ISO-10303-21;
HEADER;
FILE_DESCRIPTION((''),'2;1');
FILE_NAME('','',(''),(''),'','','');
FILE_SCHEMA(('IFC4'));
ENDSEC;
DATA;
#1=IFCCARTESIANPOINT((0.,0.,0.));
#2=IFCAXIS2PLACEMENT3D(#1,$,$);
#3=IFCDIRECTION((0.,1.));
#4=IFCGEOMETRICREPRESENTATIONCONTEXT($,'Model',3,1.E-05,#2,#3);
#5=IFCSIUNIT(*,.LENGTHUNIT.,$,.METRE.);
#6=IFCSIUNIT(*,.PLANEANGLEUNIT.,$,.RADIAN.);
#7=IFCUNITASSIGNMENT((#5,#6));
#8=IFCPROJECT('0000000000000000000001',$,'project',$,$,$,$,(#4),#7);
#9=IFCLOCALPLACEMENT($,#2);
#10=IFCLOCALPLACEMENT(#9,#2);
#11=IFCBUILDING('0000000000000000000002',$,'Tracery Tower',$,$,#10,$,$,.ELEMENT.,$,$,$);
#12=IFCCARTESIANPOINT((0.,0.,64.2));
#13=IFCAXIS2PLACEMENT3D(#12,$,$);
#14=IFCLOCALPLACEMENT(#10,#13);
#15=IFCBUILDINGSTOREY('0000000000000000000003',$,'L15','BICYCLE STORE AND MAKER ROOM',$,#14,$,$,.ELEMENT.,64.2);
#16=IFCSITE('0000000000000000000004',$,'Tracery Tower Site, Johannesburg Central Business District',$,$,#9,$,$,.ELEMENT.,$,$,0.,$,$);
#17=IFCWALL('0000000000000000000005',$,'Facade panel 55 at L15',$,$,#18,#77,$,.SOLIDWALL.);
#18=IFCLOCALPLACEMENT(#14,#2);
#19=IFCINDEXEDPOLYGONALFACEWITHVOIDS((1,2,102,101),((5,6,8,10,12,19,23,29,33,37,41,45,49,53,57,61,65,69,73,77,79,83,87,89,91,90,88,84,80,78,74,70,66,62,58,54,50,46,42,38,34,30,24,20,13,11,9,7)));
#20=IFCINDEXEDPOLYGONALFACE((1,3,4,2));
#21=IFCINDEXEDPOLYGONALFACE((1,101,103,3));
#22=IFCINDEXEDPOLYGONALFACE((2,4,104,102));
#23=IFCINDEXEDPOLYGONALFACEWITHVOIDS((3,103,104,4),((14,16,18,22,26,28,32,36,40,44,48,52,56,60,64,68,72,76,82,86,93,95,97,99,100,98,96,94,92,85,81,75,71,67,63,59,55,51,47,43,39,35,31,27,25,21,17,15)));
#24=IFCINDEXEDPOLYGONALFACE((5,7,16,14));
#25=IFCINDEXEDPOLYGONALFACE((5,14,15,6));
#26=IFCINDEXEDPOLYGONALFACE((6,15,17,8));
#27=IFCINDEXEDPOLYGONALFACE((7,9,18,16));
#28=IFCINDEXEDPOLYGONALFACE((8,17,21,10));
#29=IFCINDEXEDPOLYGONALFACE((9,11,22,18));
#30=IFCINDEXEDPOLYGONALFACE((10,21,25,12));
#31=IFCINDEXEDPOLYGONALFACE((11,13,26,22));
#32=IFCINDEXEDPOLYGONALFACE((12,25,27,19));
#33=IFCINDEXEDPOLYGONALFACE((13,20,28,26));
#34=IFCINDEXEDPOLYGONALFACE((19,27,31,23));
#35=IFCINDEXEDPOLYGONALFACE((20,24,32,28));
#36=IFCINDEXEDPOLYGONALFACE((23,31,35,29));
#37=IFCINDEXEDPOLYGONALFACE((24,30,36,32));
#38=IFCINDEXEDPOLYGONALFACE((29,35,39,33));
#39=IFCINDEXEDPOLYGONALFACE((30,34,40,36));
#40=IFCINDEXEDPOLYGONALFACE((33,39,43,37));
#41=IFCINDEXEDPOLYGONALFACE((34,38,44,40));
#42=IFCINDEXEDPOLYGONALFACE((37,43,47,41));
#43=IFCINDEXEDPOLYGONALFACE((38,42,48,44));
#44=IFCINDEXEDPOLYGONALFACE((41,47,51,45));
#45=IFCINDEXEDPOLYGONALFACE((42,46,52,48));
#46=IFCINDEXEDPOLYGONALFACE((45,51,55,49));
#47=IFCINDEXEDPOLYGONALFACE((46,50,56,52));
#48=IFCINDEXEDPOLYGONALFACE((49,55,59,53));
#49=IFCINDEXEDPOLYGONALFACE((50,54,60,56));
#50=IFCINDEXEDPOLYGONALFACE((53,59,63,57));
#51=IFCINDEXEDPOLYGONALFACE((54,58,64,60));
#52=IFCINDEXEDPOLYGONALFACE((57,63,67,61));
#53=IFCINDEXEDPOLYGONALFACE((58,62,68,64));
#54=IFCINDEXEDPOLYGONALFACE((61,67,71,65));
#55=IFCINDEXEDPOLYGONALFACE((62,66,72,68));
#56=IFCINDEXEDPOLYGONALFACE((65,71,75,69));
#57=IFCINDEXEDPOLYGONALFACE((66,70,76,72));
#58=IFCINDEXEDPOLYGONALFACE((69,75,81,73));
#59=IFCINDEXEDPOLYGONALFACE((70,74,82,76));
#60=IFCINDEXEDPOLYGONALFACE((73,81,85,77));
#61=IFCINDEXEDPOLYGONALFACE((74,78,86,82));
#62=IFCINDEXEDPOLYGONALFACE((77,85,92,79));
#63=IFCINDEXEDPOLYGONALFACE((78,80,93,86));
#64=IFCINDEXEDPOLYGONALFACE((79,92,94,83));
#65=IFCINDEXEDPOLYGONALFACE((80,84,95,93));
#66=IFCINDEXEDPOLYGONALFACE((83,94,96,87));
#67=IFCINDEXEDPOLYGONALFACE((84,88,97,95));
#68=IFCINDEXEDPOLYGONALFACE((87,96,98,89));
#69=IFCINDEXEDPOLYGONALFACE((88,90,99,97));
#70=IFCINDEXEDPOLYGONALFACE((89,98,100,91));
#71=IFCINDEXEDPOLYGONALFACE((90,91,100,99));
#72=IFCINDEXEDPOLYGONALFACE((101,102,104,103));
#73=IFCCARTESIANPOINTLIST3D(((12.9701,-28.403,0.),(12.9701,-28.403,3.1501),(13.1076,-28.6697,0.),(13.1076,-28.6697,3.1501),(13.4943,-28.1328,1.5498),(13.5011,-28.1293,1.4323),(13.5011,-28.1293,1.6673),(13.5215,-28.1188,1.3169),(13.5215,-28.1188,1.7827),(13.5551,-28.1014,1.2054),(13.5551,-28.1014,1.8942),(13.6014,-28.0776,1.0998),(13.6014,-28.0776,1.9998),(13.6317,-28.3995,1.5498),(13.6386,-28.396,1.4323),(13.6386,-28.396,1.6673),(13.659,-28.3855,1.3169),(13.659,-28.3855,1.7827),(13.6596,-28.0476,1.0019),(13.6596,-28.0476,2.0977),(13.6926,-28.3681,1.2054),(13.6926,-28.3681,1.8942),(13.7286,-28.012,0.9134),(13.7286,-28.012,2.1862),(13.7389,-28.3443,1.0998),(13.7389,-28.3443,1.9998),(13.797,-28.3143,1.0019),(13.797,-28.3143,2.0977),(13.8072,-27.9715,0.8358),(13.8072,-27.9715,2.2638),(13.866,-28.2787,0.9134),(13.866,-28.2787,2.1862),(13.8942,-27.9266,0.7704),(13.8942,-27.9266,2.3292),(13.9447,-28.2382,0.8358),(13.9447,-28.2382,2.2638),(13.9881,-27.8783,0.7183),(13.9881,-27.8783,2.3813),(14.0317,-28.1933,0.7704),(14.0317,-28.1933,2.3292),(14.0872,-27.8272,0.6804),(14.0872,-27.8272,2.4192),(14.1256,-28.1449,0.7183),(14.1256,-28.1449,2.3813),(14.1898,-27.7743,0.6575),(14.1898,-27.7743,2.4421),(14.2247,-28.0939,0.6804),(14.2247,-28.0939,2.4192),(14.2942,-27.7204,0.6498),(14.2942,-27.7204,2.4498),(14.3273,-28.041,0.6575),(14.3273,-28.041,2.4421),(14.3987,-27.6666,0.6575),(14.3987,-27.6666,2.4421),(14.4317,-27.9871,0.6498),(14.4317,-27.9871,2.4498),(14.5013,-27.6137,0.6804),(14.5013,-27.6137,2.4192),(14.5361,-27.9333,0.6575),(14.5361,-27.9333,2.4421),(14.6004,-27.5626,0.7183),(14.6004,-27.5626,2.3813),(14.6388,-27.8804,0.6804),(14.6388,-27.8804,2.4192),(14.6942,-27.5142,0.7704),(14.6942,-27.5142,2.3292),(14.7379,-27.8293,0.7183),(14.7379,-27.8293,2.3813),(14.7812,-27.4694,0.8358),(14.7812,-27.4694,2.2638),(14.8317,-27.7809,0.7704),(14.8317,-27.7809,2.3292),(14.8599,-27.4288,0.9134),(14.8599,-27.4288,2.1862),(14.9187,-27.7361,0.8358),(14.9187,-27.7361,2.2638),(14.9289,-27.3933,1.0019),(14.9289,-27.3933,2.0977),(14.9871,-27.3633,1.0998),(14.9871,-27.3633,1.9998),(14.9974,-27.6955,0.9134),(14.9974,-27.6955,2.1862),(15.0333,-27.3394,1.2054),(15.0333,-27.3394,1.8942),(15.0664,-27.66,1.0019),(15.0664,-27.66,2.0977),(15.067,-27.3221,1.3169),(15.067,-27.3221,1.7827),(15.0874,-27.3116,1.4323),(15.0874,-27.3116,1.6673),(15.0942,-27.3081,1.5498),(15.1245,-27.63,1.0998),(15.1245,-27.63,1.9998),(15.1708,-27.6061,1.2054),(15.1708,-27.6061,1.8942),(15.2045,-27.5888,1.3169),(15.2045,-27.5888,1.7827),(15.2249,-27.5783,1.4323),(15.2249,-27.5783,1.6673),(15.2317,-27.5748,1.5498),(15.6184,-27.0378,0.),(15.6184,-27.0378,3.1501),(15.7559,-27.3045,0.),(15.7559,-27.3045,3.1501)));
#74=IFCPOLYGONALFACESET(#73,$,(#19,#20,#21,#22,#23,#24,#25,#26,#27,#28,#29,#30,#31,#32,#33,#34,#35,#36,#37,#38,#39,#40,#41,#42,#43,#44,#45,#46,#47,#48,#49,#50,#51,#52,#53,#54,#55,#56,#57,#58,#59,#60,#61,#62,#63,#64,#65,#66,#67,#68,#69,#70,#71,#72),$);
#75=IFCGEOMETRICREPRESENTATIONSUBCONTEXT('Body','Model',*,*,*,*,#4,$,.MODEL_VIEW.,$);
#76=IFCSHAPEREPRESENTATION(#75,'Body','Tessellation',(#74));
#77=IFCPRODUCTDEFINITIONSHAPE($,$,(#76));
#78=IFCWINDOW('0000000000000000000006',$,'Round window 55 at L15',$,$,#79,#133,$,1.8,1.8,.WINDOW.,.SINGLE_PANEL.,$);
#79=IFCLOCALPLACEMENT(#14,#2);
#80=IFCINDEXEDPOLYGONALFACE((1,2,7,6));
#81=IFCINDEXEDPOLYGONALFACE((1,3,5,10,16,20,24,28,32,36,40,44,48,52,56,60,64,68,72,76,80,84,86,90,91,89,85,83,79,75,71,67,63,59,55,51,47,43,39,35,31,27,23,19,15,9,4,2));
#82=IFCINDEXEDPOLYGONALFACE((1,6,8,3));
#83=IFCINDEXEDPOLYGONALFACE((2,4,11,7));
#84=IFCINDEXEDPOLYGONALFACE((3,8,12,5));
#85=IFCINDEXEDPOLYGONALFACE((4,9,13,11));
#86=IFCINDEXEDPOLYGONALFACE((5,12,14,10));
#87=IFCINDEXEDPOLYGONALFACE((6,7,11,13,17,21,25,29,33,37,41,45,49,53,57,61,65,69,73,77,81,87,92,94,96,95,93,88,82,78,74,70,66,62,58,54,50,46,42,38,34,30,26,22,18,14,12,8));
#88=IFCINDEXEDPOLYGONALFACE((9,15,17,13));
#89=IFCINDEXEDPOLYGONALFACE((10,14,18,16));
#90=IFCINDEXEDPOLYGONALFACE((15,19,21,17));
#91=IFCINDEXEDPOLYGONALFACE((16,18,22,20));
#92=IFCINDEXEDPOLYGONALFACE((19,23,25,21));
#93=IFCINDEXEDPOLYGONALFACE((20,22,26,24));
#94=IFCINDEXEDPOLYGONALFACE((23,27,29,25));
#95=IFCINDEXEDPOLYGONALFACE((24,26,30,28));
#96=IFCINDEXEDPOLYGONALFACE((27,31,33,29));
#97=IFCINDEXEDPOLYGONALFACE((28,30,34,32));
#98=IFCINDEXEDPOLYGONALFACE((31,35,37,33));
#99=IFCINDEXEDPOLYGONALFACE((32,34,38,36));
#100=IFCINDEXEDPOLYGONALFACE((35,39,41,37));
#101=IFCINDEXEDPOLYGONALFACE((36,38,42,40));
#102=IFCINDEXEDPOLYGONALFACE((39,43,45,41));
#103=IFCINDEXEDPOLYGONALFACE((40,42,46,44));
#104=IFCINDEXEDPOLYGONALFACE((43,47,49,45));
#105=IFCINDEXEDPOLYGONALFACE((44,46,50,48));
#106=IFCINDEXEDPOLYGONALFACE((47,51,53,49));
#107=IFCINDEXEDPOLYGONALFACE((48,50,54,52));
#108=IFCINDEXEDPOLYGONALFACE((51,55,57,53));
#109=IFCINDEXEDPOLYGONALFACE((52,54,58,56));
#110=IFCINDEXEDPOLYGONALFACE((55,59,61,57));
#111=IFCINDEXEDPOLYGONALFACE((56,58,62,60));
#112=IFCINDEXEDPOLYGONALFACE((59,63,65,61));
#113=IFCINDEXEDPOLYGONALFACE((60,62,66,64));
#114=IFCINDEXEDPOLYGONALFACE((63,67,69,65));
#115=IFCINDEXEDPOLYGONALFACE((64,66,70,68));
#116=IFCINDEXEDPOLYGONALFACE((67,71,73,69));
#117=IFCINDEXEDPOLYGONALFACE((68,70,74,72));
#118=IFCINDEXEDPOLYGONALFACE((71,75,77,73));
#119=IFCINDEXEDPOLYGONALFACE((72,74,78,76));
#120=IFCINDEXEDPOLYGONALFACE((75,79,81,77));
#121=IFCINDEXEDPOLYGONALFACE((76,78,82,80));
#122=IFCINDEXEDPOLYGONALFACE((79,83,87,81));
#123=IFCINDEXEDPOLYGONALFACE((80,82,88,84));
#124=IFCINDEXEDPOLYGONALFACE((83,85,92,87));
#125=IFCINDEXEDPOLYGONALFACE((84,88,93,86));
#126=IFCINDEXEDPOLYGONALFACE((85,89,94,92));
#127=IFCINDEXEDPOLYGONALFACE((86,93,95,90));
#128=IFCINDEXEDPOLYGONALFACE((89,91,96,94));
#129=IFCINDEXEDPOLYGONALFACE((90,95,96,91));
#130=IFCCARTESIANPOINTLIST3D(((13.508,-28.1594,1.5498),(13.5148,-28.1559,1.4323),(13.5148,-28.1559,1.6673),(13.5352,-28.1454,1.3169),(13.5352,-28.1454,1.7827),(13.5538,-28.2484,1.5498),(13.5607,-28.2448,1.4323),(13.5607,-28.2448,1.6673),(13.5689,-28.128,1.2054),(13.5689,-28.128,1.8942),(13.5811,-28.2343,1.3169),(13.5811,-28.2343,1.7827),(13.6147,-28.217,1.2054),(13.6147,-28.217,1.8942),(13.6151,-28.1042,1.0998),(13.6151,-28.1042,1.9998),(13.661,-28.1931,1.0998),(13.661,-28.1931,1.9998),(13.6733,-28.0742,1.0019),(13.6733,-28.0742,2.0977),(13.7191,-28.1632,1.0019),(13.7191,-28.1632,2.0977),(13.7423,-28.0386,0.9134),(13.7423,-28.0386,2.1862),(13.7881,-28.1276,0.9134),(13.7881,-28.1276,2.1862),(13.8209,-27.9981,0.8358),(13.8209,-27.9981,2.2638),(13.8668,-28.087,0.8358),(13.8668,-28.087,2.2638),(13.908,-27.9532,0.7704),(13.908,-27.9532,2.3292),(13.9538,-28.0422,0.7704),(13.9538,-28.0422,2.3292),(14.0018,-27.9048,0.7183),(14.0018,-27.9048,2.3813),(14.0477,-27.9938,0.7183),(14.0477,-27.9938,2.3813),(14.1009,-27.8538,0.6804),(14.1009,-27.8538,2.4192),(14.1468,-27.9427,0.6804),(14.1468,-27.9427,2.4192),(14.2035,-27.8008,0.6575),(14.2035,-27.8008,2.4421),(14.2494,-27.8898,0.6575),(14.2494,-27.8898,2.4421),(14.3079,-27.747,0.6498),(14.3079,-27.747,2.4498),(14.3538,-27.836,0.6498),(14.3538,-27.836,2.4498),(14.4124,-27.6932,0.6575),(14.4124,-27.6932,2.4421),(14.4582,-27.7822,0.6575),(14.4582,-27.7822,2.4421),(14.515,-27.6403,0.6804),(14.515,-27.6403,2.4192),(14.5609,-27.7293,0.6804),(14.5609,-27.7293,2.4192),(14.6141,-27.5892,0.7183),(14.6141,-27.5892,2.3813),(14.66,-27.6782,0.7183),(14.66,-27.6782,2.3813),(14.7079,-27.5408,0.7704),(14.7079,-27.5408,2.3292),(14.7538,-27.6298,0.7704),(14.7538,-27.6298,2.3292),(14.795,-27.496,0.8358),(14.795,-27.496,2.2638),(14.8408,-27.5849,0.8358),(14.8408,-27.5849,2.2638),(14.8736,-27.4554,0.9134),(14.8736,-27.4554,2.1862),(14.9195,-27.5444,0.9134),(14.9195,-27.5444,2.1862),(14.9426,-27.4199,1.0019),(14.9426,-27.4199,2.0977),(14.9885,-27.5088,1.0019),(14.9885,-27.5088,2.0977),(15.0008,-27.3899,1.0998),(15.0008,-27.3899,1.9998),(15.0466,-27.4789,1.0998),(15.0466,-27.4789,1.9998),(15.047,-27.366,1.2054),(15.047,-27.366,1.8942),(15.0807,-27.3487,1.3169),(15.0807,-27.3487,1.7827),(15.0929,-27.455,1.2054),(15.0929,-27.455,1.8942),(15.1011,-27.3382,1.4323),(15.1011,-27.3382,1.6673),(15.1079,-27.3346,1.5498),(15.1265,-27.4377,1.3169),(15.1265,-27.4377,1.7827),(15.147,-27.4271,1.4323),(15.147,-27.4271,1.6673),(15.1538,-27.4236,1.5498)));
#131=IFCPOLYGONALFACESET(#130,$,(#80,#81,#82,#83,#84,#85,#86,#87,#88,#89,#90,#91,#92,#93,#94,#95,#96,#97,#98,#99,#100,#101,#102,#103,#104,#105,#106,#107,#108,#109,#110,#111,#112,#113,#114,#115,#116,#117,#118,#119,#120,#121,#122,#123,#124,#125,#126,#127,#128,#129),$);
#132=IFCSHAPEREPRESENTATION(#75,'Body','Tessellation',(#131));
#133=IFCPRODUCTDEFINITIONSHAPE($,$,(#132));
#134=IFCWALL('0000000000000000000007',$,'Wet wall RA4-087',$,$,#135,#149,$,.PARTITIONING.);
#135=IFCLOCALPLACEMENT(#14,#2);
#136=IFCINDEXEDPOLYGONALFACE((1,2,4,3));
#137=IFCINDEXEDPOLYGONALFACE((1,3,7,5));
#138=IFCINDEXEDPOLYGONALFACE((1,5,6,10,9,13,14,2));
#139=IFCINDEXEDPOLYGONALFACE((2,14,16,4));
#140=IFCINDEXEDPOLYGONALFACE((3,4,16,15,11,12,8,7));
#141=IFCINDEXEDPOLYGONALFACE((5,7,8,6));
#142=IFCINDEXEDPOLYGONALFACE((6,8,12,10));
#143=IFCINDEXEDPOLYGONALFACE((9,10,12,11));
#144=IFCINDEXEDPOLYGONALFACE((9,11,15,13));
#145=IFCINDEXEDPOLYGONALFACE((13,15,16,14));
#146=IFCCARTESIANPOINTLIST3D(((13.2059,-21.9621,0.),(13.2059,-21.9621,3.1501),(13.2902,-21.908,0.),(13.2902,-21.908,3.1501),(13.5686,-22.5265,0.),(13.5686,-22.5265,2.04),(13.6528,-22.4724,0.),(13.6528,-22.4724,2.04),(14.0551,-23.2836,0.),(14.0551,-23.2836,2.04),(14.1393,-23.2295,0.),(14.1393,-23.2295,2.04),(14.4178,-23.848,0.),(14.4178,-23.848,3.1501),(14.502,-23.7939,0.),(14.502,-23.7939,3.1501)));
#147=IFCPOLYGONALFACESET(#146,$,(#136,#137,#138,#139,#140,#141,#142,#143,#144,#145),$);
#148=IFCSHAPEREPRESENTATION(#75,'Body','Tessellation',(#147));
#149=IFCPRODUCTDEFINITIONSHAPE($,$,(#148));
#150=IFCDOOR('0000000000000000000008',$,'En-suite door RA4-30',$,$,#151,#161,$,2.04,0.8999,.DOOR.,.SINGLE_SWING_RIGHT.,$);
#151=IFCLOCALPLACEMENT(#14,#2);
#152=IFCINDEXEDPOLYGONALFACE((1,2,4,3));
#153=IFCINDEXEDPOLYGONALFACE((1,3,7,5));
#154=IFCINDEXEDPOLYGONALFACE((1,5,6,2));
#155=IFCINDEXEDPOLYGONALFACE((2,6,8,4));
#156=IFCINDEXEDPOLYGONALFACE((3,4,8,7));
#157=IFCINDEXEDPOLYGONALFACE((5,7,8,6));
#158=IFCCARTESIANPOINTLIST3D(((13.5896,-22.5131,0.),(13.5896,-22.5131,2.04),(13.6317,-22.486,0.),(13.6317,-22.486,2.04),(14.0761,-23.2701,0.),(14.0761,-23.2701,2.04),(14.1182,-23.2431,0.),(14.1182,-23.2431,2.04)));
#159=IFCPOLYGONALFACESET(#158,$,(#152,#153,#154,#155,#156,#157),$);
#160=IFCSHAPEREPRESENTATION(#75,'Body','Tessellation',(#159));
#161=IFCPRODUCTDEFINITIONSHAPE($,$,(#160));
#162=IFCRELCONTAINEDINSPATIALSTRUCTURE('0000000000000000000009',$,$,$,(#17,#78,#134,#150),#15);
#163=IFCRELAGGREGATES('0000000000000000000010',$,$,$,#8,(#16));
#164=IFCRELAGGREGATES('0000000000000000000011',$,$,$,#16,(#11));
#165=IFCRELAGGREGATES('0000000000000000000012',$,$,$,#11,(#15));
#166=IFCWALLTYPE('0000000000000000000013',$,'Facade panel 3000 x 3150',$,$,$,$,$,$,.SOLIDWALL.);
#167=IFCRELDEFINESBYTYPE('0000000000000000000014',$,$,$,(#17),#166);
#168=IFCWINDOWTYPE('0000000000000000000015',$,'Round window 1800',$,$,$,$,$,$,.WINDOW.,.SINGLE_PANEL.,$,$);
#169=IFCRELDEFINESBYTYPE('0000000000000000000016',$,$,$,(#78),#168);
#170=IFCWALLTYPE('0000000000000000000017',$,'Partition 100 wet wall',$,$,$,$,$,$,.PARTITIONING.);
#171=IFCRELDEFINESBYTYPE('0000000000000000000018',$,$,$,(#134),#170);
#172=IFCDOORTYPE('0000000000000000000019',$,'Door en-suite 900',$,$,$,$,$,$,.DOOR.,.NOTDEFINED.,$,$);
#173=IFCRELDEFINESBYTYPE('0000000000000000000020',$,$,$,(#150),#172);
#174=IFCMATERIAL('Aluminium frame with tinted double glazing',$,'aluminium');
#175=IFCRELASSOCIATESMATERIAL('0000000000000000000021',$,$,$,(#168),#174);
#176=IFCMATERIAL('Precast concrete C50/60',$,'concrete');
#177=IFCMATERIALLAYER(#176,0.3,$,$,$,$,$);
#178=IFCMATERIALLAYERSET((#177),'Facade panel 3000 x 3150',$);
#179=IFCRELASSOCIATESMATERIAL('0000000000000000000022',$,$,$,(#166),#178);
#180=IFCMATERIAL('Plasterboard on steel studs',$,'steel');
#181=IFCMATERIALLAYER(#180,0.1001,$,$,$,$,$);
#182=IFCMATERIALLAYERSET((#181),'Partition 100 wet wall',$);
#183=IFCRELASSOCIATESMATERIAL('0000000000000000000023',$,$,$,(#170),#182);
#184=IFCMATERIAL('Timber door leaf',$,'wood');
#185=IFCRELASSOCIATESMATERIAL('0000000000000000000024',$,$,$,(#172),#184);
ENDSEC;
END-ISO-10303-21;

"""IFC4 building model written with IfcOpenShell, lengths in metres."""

from ifc_helpers import new_model, si_unit, direction, frame, frame_2d, origin, origin_2d, place, context, subcontext, project, spatial, rectangle, circle, extrude, material, layer, layer_set, type_object, element, fill, save


model = new_model("IFC4")

# Units and contexts
model_context = context("Model", 3, precision=1e-05, world=origin(), true_north=direction((0.0, 1.0)))
body_context = subcontext(model_context, "Body", "Model", "MODEL_VIEW")
ifc_project = project(units=[si_unit("LENGTHUNIT", "METRE"), si_unit("PLANEANGLEUNIT", "RADIAN")], contexts=[model_context])

# Site, building, storey
site_placement = place(None, origin())
site = spatial("IfcSite", under=ifc_project, at=site_placement, Name="Tracery Tower Site, Johannesburg Central Business District", CompositionType="ELEMENT", RefElevation=0.0)
building_placement = place(site_placement, origin())
building = spatial("IfcBuilding", under=site, at=building_placement, Name="Tracery Tower", CompositionType="ELEMENT")
storey_placement = place(building_placement, frame((0.0, 0.0, 64.2)))
storey = spatial("IfcBuildingStorey", under=building, at=storey_placement, Name="L15", Description="BICYCLE STORE AND MAKER ROOM", CompositionType="ELEMENT", Elevation=64.2)

# Wall, opening, window
ifc_material_1 = material(Name="Aluminium frame with tinted double glazing", Category="aluminium")
window_type = type_object("IfcWindowType", Name="Round window 1800", PartitioningType="SINGLE_PANEL", PredefinedType="WINDOW", material=ifc_material_1)
ifc_material_2 = material(Name="Precast concrete C50/60", Category="concrete")
ifc_layer_1 = layer(ifc_material_2, 0.3)
ifc_layer_set_1 = layer_set([ifc_layer_1], Name="Facade panel 3000 x 3150")
wall_type_1 = type_object("IfcWallType", Name="Facade panel 3000 x 3150", PredefinedType="SOLIDWALL", material=ifc_layer_set_1)
wall_1_placement = place(storey_placement, frame((13.0388, -28.5364, 0.0), z_axis=(0.0, 0.0, 1.0), x_axis=(0.888853, 0.458192, 0.0)))
wall_1 = element("IfcWall", 1, at=wall_1_placement, inside=storey, type_object=wall_type_1, Name="Facade panel 55 at L15", PredefinedType="SOLIDWALL", context=body_context, shape_type="SweptSolid", body=[
    extrude(rectangle(XDim=2.9795, YDim=0.3, at=frame_2d((1.4897, 0.0))), origin(), (0.0, 0.0, 1.0), 3.1501),
])
opening_1_placement = place(wall_1_placement, frame((1.4897, 0.0, 1.5498)))
opening_1 = element("IfcOpeningElement", 2, at=opening_1_placement, cuts=wall_1, PredefinedType="OPENING", context=body_context, shape_type="SweptSolid", body=[
    extrude(circle(Radius=0.9, at=origin_2d()), frame((0.0, 0.1599, 0.0), z_axis=(0.0, -1.0, 0.0), x_axis=(1.0, 0.0, 0.0)), (0.0, 0.0, 1.0), 0.3201),
])
window_1_placement = place(opening_1_placement, origin())
window_1 = element("IfcWindow", 3, at=window_1_placement, inside=storey, type_object=window_type, Name="Round window 55 at L15", OverallHeight=1.8, OverallWidth=1.8, PartitioningType="SINGLE_PANEL", PredefinedType="WINDOW", context=body_context, shape_type="SweptSolid", body=[
    extrude(circle(Radius=0.9, at=origin_2d()), frame((0.0, 0.1201, 0.0), z_axis=(0.0, -1.0, 0.0), x_axis=(1.0, 0.0, 0.0)), (0.0, 0.0, 1.0), 0.1001),
])
fill(opening_1, window_1)

# Wall, opening, door
ifc_material_3 = material(Name="Plasterboard on steel studs", Category="steel")
ifc_layer_2 = layer(ifc_material_3, 0.1001)
ifc_layer_set_2 = layer_set([ifc_layer_2], Name="Partition 100 wet wall")
wall_type_2 = type_object("IfcWallType", Name="Partition 100 wet wall", PredefinedType="PARTITIONING", material=ifc_layer_set_2)
wall_2_placement = place(storey_placement, frame((13.248, -21.9351, 0.0), z_axis=(0.0, 0.0, 1.0), x_axis=(0.540598, -0.841281, 0.0)))
wall_2 = element("IfcWall", 4, at=wall_2_placement, inside=storey, type_object=wall_type_2, Name="Wet wall RA4-087", PredefinedType="PARTITIONING", context=body_context, shape_type="SweptSolid", body=[
    extrude(rectangle(XDim=2.2417, YDim=0.1001, at=frame_2d((1.1208, 0.0))), origin(), (0.0, 0.0, 1.0), 3.1501),
])
opening_2_placement = place(wall_2_placement, frame((0.6709, 0.0, 0.0)))
opening_2 = element("IfcOpeningElement", 5, at=opening_2_placement, cuts=wall_2, PredefinedType="OPENING", context=body_context, shape_type="SweptSolid", body=[
    extrude(rectangle(XDim=0.8999, YDim=2.04, at=frame_2d((0.45, 1.02))), frame((0.0, 0.05, 0.0), z_axis=(0.0, -1.0, 0.0), x_axis=(1.0, 0.0, 0.0)), (0.0, 0.0, 1.0), 0.1001),
])
ifc_material_4 = material(Name="Timber door leaf", Category="wood")
door_type_1 = type_object("IfcDoorType", Name="Door en-suite 900", OperationType="NOTDEFINED", PredefinedType="DOOR", material=ifc_material_4)
door_1_placement = place(opening_2_placement, origin())
door_1 = element("IfcDoor", 6, at=door_1_placement, inside=storey, type_object=door_type_1, Name="En-suite door RA4-30", OperationType="SINGLE_SWING_RIGHT", OverallHeight=2.04, OverallWidth=0.8999, PredefinedType="DOOR", context=body_context, shape_type="SweptSolid", body=[
    extrude(rectangle(XDim=0.8999, YDim=2.04, at=frame_2d((0.45, 1.02))), frame((0.0, 0.0249, 0.0), z_axis=(0.0, -1.0, 0.0), x_axis=(1.0, 0.0, 0.0)), (0.0, 0.0, 1.0), 0.05),
])
fill(opening_2, door_1)

save(model, "model.ifc")
